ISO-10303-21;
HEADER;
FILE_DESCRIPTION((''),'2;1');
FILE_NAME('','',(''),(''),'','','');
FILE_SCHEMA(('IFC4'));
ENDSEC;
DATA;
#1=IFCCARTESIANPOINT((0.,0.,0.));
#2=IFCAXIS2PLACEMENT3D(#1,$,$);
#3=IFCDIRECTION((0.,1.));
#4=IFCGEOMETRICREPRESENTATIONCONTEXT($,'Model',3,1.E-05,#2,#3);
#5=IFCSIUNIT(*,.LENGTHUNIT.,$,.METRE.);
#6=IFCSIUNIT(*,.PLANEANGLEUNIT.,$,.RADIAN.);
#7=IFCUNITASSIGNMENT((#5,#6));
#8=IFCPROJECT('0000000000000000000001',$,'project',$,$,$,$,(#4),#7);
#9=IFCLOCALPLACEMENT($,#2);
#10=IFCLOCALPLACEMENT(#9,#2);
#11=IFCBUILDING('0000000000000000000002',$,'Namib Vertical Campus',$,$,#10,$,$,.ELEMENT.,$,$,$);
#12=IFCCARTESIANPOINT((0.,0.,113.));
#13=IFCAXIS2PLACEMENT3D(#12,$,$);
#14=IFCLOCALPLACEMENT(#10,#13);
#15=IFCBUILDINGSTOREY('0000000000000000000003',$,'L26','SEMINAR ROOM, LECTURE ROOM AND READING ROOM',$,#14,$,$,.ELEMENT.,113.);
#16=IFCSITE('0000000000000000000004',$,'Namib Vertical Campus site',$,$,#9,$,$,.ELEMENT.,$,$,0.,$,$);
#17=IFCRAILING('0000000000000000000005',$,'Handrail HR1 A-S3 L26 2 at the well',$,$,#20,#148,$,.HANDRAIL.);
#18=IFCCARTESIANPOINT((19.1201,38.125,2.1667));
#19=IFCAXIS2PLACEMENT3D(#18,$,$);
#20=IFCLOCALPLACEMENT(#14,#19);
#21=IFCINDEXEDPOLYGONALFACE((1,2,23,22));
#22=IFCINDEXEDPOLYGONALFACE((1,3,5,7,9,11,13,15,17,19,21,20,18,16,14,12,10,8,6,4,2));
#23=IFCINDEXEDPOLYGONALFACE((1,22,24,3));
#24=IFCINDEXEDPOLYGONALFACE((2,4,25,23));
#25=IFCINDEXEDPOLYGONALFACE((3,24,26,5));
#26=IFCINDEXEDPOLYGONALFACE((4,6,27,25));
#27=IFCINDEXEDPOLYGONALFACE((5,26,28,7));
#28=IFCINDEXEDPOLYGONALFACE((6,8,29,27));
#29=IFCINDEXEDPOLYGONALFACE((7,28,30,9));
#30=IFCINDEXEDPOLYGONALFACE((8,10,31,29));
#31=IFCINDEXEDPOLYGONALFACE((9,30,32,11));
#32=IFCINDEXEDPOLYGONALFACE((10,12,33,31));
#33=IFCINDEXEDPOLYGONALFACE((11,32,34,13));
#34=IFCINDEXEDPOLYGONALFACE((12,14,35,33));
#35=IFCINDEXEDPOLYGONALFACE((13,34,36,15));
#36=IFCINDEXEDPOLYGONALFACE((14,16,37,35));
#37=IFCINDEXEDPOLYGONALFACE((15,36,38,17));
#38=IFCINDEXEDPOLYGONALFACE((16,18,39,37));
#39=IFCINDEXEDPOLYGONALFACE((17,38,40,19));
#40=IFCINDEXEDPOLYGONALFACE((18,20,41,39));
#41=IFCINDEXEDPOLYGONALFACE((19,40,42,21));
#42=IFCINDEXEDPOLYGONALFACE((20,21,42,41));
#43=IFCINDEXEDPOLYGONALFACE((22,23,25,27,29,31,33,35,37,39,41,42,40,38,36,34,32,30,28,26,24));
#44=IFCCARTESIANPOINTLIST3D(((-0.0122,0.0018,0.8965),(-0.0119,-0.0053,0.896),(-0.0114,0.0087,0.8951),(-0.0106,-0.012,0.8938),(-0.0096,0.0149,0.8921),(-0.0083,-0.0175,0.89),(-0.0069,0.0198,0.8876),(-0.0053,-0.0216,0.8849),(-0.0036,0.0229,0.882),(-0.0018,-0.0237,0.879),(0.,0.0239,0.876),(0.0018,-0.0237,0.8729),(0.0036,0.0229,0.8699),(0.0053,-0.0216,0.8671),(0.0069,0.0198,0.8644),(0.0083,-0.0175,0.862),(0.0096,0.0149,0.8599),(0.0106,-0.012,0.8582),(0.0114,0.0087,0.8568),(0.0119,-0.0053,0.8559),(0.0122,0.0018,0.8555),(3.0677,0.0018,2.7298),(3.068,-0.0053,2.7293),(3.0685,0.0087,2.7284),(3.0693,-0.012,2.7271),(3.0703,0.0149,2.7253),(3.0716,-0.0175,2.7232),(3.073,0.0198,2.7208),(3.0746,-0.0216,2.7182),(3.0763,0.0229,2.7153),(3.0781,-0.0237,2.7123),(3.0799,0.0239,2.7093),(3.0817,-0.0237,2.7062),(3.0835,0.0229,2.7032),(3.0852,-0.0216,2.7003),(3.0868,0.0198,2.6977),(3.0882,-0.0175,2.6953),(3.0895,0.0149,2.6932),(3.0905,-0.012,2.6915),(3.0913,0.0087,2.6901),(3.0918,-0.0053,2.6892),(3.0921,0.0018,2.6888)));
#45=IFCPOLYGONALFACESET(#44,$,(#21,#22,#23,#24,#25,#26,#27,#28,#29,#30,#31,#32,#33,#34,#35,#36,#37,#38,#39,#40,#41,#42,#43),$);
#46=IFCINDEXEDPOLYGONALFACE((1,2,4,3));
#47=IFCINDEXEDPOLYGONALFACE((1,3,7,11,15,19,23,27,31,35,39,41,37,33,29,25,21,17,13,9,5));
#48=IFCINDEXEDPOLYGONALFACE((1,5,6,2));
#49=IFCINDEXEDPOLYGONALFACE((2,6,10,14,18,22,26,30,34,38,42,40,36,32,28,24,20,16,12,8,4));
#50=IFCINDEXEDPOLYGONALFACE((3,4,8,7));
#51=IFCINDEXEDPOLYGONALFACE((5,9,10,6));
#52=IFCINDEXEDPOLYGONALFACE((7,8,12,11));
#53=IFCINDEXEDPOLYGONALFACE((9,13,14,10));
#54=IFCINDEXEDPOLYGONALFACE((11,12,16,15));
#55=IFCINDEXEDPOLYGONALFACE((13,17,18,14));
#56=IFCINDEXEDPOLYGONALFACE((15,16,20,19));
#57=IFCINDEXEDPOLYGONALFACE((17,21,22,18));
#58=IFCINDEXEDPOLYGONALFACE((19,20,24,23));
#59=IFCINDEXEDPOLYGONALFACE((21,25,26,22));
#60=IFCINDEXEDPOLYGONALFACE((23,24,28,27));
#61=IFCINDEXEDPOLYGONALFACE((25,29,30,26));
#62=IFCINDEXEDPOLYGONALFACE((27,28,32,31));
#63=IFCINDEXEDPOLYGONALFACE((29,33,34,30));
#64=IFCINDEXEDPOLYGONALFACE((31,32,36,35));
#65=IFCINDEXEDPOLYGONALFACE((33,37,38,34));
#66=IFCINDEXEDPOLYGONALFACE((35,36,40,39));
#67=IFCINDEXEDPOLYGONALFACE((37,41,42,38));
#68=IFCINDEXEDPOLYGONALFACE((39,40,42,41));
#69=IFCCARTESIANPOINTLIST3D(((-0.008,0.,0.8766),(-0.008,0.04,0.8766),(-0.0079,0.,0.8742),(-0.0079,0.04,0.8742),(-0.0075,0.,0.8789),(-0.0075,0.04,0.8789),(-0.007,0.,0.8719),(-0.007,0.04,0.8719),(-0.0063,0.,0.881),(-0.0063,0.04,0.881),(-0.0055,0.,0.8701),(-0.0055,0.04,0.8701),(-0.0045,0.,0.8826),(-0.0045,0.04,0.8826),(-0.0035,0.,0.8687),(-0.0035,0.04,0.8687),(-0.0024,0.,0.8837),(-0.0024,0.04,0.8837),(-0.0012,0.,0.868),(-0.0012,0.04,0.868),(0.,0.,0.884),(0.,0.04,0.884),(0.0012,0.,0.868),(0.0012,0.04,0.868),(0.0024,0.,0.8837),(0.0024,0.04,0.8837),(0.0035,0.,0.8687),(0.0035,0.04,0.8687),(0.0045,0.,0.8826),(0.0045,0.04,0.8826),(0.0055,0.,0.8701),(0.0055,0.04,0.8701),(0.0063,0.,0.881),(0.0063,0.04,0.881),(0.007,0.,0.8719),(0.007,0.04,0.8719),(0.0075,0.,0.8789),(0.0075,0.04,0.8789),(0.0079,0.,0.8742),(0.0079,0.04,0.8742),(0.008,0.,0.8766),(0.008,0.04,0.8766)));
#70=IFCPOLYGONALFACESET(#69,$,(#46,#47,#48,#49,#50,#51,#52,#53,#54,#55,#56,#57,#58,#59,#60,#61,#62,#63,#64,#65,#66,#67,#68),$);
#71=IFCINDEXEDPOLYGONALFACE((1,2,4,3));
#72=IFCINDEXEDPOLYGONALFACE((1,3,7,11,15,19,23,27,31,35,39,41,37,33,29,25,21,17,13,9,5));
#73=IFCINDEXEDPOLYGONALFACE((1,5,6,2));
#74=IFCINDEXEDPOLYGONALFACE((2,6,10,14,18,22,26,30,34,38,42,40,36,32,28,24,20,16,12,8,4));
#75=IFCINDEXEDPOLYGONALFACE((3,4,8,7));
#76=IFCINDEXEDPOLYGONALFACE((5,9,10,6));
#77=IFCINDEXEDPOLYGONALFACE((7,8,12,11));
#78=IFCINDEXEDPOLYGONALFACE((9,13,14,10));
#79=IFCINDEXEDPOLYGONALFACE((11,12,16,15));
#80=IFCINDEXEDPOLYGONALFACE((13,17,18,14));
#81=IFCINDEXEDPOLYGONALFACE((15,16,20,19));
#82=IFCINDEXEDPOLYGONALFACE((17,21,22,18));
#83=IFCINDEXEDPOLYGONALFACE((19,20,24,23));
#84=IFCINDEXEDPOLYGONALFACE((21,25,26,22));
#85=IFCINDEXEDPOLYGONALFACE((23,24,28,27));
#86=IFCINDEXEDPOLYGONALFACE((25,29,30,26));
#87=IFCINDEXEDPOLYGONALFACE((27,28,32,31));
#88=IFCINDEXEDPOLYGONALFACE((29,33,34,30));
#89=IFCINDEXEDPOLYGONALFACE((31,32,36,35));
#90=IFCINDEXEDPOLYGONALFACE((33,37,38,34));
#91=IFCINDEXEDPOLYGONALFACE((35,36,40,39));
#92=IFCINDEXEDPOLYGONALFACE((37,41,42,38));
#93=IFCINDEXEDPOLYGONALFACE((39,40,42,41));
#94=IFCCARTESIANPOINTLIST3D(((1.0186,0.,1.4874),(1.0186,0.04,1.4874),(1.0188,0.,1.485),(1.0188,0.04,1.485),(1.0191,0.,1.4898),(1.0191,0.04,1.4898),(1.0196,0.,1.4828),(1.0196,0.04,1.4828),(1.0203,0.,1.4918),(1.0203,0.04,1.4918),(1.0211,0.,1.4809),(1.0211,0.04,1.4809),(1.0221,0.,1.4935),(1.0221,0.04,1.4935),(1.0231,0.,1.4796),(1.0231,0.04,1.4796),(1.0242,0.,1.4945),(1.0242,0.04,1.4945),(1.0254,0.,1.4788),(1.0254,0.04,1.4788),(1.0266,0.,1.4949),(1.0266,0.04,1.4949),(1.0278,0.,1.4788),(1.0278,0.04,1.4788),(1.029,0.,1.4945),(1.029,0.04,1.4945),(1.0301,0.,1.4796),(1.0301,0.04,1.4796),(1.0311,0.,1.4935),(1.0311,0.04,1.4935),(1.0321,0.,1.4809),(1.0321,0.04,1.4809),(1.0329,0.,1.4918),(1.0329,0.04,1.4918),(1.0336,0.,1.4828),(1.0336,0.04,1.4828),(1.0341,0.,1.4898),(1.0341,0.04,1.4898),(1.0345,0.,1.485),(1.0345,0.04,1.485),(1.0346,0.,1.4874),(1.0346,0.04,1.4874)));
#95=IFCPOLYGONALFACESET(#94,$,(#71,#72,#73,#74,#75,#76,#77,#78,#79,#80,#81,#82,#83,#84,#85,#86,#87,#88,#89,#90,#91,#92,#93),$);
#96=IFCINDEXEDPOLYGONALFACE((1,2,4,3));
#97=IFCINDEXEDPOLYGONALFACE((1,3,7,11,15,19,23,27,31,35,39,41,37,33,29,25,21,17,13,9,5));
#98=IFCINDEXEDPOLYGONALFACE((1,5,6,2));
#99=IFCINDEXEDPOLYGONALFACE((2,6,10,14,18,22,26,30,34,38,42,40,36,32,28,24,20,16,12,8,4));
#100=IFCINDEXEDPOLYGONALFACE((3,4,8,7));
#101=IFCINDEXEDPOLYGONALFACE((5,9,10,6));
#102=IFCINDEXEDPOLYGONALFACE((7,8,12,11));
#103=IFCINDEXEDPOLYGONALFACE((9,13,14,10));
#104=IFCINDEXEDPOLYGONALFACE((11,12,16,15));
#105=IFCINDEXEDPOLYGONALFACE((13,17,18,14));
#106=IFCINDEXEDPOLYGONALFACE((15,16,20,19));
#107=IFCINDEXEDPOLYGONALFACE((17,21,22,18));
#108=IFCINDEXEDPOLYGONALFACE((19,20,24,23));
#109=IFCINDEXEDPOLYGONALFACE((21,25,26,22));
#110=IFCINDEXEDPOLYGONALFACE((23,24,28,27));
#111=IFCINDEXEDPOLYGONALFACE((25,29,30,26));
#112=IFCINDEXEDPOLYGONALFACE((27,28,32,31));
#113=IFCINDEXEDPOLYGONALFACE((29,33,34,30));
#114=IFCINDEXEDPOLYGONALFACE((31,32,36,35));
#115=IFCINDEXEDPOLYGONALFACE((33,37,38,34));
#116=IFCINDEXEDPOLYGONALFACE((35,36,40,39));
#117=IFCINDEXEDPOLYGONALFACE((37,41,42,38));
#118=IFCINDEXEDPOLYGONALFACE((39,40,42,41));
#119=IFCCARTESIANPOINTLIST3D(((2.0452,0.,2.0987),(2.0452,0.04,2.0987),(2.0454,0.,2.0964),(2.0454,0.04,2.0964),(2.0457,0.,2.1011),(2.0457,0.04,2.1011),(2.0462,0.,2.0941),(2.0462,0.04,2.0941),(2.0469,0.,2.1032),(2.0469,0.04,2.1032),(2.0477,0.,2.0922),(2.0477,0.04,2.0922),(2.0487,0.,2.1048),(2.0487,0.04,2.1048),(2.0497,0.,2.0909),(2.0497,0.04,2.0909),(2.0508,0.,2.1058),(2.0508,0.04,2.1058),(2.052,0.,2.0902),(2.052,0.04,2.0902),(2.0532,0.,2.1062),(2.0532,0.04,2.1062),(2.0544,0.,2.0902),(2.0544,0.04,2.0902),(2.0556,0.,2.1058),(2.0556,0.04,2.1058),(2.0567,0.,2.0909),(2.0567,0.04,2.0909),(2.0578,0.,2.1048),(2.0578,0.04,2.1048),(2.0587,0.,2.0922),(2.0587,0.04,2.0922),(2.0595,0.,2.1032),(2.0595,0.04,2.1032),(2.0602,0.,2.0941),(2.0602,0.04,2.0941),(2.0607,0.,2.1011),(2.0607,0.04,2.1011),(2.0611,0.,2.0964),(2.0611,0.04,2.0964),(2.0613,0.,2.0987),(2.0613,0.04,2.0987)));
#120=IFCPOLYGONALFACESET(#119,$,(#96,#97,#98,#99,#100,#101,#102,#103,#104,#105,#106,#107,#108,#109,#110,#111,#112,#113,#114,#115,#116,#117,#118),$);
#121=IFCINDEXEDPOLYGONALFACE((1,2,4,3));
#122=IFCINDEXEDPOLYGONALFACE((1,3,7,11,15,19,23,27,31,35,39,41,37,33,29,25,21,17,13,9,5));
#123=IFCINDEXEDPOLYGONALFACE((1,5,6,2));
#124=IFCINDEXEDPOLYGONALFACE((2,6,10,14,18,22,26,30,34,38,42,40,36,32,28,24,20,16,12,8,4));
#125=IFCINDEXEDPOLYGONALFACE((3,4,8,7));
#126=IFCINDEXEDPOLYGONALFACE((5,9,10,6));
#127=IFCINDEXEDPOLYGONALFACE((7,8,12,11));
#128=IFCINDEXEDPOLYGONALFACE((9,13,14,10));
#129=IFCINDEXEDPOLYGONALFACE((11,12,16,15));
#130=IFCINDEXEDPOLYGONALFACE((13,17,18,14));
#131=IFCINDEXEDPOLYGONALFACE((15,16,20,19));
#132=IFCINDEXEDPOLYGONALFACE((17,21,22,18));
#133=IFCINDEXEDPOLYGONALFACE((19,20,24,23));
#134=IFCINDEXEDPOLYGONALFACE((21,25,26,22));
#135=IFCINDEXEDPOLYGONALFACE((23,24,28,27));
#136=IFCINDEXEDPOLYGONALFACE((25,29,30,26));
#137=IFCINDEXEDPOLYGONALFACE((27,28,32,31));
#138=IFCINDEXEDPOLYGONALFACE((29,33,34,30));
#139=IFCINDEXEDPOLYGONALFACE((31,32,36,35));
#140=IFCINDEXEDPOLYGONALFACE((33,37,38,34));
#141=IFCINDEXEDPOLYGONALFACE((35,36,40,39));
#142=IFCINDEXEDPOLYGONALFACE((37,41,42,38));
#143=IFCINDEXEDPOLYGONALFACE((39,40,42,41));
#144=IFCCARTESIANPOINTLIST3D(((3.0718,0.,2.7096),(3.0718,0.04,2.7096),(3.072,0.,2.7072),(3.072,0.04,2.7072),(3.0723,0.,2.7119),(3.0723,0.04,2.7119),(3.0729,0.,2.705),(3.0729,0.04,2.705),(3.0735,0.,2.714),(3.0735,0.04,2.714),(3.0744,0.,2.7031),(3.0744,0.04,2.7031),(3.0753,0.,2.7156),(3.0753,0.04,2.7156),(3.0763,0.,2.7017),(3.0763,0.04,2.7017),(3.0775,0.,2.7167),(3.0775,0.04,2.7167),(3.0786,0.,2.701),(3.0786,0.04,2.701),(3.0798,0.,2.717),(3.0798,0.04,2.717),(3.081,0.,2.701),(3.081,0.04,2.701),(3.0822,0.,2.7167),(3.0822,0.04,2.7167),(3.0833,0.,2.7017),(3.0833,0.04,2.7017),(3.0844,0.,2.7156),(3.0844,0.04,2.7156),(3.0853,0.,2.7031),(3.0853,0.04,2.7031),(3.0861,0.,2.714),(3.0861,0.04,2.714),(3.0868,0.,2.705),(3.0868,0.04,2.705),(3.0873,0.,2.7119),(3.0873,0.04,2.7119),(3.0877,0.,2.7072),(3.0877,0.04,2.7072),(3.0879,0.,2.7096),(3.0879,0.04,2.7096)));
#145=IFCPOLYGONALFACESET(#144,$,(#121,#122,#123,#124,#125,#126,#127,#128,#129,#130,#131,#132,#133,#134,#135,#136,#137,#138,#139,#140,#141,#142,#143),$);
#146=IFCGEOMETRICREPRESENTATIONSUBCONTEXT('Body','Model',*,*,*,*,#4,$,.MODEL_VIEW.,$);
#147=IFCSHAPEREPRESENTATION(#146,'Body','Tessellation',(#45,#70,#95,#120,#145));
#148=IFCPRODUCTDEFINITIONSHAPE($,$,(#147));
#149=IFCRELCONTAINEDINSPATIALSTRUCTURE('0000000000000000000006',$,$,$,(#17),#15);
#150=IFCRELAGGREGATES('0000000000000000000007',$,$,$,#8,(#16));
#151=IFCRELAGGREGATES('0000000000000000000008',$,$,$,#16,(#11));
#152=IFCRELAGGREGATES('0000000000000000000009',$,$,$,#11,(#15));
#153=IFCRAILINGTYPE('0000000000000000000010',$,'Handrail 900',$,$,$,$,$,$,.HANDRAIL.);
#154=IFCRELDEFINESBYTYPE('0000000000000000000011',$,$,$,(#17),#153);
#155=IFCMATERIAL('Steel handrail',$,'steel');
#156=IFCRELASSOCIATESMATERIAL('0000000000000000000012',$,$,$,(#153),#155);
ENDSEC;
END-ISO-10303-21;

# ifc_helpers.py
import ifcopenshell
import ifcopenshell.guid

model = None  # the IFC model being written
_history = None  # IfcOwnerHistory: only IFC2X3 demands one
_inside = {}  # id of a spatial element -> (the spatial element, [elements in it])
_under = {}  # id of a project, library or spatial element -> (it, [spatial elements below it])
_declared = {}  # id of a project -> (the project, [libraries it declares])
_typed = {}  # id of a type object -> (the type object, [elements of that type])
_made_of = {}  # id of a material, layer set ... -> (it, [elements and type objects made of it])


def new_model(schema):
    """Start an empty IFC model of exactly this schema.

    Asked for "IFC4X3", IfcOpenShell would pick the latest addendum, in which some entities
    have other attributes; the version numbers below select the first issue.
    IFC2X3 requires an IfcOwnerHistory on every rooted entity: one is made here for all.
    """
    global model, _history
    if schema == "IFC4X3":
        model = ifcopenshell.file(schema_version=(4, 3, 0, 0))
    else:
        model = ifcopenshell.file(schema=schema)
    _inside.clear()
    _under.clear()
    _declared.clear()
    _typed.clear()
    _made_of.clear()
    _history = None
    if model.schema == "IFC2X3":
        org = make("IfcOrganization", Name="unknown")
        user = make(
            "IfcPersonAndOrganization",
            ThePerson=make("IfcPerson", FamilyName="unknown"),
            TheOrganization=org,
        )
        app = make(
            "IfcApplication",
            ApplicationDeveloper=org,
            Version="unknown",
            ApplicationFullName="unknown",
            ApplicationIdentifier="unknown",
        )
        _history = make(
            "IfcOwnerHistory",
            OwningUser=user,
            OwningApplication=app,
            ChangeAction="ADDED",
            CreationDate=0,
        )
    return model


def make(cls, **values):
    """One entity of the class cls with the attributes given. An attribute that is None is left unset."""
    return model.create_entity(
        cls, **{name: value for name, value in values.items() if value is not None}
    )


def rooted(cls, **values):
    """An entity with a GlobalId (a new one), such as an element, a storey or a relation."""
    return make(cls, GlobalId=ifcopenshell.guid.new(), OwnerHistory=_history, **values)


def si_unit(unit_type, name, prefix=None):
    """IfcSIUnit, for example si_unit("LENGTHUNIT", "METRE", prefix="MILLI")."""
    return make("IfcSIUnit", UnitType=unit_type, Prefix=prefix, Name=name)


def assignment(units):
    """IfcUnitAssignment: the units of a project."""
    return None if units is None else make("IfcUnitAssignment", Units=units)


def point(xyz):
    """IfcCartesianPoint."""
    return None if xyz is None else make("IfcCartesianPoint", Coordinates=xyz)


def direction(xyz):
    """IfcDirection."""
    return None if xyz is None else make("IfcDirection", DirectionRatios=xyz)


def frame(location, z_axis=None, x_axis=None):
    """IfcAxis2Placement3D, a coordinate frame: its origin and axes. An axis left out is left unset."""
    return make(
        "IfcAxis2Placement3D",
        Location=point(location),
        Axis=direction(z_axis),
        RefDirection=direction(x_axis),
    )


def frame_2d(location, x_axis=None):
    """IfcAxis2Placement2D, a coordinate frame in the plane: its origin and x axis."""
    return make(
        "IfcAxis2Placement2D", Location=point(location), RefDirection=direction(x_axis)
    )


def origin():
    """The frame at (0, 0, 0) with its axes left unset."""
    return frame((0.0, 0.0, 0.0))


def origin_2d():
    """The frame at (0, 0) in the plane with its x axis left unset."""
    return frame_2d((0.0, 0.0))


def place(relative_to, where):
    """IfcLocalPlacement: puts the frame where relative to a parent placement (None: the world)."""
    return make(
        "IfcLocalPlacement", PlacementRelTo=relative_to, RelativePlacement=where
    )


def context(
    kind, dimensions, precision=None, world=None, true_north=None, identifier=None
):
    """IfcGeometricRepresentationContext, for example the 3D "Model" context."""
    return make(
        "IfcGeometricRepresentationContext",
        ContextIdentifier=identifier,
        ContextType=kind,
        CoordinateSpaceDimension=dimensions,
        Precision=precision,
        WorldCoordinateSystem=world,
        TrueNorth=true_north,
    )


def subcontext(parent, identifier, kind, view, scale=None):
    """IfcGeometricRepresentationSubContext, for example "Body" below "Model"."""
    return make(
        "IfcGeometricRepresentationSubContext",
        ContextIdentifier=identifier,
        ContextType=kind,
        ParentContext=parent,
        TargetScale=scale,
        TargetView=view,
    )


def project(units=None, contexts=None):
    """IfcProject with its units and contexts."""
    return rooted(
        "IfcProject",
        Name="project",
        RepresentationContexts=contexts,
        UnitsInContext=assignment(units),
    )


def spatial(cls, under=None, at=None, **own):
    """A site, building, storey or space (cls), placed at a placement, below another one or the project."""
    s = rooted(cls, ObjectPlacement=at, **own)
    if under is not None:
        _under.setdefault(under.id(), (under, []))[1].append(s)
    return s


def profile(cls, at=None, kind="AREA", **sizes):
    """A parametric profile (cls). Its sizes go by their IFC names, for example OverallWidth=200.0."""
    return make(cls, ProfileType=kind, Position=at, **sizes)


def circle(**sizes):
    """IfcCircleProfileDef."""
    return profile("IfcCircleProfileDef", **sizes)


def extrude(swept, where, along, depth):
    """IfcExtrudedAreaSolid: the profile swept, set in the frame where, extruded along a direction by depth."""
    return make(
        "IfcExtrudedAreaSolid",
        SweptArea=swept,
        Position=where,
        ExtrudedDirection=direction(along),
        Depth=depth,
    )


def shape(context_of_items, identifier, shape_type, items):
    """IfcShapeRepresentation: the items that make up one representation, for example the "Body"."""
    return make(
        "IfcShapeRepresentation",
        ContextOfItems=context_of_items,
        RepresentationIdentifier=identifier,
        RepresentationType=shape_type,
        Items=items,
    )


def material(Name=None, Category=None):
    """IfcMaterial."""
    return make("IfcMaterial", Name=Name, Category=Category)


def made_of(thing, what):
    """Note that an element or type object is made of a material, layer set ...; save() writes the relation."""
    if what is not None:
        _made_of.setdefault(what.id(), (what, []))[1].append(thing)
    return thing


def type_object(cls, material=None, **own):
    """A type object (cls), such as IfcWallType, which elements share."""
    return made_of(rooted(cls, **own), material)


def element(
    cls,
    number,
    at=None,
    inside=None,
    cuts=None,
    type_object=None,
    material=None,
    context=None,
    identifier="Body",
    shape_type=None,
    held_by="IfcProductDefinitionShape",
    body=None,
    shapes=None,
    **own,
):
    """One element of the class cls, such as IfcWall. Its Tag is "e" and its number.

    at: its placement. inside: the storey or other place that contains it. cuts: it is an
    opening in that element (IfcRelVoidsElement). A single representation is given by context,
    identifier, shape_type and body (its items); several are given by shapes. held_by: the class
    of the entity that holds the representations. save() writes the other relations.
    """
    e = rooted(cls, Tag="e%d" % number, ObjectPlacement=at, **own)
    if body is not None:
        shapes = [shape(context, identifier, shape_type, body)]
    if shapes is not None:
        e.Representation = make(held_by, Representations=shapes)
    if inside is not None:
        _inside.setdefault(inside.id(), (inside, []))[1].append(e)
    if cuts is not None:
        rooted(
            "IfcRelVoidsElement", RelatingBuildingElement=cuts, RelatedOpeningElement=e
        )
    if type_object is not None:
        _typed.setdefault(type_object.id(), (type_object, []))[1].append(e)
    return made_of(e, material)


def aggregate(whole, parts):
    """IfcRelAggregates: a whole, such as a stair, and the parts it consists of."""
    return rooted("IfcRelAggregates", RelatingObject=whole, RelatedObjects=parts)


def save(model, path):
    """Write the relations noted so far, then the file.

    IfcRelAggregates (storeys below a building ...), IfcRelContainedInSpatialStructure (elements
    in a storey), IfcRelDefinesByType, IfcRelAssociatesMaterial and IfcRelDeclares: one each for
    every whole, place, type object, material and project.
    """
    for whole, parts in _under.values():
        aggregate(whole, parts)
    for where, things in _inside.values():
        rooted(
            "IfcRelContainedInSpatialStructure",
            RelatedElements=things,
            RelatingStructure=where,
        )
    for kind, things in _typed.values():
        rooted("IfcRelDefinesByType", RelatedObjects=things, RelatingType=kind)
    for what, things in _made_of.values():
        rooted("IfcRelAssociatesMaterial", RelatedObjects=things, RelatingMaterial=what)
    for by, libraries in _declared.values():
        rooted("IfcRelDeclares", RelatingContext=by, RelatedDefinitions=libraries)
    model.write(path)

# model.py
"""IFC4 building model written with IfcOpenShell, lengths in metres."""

from ifc_helpers import new_model, si_unit, direction, frame, origin, origin_2d, place, context, subcontext, project, spatial, circle, extrude, material, type_object, element, save


model = new_model("IFC4")

# Units and contexts
model_context = context("Model", 3, precision=1e-05, world=origin(), true_north=direction((0.0, 1.0)))
body_context = subcontext(model_context, "Body", "Model", "MODEL_VIEW")
ifc_project = project(units=[si_unit("LENGTHUNIT", "METRE"), si_unit("PLANEANGLEUNIT", "RADIAN")], contexts=[model_context])

# Site, building, storey
site_placement = place(None, origin())
site = spatial("IfcSite", under=ifc_project, at=site_placement, Name="Namib Vertical Campus site", CompositionType="ELEMENT", RefElevation=0.0)
building_placement = place(site_placement, origin())
building = spatial("IfcBuilding", under=site, at=building_placement, Name="Namib Vertical Campus", CompositionType="ELEMENT")
storey_placement = place(building_placement, frame((0.0, 0.0, 113.0)))
storey = spatial("IfcBuildingStorey", under=building, at=storey_placement, Name="L26", Description="SEMINAR ROOM, LECTURE ROOM AND READING ROOM", CompositionType="ELEMENT", Elevation=113.0)

# Railing
ifc_material_1 = material(Name="Steel handrail", Category="steel")
railing_type_1 = type_object("IfcRailingType", Name="Handrail 900", PredefinedType="HANDRAIL", material=ifc_material_1)
railing_1_placement = place(storey_placement, frame((19.1201, 38.125, 2.1667)))
element("IfcRailing", 1, at=railing_1_placement, inside=storey, type_object=railing_type_1, Name="Handrail HR1 A-S3 L26 2 at the well", PredefinedType="HANDRAIL", context=body_context, shape_type="SweptSolid", body=[
    extrude(circle(Radius=0.0239, at=origin_2d()), frame((0.0, 0.0, 0.876), z_axis=(0.859291, 0.0, 0.511487), x_axis=(0.0, 1.0, 0.0)), (0.0, 0.0, 1.0), 3.5842),
    extrude(circle(Radius=0.0081, at=origin_2d()), frame((0.0, 0.0, 0.876), z_axis=(0.0, 1.0, 0.0), x_axis=(0.0, 0.0, 1.0)), (0.0, 0.0, 1.0), 0.04),
    extrude(circle(Radius=0.0081, at=origin_2d()), frame((1.0266, 0.0, 1.4868), z_axis=(0.0, 1.0, 0.0), x_axis=(0.0, 0.0, 1.0)), (0.0, 0.0, 1.0), 0.04),
    extrude(circle(Radius=0.0081, at=origin_2d()), frame((2.0532, 0.0, 2.0981), z_axis=(0.0, 1.0, 0.0), x_axis=(0.0, 0.0, 1.0)), (0.0, 0.0, 1.0), 0.04),
    extrude(circle(Radius=0.0081, at=origin_2d()), frame((3.0798, 0.0, 2.709), z_axis=(0.0, 1.0, 0.0), x_axis=(0.0, 0.0, 1.0)), (0.0, 0.0, 1.0), 0.04),
])

save(model, "model.ifc")
